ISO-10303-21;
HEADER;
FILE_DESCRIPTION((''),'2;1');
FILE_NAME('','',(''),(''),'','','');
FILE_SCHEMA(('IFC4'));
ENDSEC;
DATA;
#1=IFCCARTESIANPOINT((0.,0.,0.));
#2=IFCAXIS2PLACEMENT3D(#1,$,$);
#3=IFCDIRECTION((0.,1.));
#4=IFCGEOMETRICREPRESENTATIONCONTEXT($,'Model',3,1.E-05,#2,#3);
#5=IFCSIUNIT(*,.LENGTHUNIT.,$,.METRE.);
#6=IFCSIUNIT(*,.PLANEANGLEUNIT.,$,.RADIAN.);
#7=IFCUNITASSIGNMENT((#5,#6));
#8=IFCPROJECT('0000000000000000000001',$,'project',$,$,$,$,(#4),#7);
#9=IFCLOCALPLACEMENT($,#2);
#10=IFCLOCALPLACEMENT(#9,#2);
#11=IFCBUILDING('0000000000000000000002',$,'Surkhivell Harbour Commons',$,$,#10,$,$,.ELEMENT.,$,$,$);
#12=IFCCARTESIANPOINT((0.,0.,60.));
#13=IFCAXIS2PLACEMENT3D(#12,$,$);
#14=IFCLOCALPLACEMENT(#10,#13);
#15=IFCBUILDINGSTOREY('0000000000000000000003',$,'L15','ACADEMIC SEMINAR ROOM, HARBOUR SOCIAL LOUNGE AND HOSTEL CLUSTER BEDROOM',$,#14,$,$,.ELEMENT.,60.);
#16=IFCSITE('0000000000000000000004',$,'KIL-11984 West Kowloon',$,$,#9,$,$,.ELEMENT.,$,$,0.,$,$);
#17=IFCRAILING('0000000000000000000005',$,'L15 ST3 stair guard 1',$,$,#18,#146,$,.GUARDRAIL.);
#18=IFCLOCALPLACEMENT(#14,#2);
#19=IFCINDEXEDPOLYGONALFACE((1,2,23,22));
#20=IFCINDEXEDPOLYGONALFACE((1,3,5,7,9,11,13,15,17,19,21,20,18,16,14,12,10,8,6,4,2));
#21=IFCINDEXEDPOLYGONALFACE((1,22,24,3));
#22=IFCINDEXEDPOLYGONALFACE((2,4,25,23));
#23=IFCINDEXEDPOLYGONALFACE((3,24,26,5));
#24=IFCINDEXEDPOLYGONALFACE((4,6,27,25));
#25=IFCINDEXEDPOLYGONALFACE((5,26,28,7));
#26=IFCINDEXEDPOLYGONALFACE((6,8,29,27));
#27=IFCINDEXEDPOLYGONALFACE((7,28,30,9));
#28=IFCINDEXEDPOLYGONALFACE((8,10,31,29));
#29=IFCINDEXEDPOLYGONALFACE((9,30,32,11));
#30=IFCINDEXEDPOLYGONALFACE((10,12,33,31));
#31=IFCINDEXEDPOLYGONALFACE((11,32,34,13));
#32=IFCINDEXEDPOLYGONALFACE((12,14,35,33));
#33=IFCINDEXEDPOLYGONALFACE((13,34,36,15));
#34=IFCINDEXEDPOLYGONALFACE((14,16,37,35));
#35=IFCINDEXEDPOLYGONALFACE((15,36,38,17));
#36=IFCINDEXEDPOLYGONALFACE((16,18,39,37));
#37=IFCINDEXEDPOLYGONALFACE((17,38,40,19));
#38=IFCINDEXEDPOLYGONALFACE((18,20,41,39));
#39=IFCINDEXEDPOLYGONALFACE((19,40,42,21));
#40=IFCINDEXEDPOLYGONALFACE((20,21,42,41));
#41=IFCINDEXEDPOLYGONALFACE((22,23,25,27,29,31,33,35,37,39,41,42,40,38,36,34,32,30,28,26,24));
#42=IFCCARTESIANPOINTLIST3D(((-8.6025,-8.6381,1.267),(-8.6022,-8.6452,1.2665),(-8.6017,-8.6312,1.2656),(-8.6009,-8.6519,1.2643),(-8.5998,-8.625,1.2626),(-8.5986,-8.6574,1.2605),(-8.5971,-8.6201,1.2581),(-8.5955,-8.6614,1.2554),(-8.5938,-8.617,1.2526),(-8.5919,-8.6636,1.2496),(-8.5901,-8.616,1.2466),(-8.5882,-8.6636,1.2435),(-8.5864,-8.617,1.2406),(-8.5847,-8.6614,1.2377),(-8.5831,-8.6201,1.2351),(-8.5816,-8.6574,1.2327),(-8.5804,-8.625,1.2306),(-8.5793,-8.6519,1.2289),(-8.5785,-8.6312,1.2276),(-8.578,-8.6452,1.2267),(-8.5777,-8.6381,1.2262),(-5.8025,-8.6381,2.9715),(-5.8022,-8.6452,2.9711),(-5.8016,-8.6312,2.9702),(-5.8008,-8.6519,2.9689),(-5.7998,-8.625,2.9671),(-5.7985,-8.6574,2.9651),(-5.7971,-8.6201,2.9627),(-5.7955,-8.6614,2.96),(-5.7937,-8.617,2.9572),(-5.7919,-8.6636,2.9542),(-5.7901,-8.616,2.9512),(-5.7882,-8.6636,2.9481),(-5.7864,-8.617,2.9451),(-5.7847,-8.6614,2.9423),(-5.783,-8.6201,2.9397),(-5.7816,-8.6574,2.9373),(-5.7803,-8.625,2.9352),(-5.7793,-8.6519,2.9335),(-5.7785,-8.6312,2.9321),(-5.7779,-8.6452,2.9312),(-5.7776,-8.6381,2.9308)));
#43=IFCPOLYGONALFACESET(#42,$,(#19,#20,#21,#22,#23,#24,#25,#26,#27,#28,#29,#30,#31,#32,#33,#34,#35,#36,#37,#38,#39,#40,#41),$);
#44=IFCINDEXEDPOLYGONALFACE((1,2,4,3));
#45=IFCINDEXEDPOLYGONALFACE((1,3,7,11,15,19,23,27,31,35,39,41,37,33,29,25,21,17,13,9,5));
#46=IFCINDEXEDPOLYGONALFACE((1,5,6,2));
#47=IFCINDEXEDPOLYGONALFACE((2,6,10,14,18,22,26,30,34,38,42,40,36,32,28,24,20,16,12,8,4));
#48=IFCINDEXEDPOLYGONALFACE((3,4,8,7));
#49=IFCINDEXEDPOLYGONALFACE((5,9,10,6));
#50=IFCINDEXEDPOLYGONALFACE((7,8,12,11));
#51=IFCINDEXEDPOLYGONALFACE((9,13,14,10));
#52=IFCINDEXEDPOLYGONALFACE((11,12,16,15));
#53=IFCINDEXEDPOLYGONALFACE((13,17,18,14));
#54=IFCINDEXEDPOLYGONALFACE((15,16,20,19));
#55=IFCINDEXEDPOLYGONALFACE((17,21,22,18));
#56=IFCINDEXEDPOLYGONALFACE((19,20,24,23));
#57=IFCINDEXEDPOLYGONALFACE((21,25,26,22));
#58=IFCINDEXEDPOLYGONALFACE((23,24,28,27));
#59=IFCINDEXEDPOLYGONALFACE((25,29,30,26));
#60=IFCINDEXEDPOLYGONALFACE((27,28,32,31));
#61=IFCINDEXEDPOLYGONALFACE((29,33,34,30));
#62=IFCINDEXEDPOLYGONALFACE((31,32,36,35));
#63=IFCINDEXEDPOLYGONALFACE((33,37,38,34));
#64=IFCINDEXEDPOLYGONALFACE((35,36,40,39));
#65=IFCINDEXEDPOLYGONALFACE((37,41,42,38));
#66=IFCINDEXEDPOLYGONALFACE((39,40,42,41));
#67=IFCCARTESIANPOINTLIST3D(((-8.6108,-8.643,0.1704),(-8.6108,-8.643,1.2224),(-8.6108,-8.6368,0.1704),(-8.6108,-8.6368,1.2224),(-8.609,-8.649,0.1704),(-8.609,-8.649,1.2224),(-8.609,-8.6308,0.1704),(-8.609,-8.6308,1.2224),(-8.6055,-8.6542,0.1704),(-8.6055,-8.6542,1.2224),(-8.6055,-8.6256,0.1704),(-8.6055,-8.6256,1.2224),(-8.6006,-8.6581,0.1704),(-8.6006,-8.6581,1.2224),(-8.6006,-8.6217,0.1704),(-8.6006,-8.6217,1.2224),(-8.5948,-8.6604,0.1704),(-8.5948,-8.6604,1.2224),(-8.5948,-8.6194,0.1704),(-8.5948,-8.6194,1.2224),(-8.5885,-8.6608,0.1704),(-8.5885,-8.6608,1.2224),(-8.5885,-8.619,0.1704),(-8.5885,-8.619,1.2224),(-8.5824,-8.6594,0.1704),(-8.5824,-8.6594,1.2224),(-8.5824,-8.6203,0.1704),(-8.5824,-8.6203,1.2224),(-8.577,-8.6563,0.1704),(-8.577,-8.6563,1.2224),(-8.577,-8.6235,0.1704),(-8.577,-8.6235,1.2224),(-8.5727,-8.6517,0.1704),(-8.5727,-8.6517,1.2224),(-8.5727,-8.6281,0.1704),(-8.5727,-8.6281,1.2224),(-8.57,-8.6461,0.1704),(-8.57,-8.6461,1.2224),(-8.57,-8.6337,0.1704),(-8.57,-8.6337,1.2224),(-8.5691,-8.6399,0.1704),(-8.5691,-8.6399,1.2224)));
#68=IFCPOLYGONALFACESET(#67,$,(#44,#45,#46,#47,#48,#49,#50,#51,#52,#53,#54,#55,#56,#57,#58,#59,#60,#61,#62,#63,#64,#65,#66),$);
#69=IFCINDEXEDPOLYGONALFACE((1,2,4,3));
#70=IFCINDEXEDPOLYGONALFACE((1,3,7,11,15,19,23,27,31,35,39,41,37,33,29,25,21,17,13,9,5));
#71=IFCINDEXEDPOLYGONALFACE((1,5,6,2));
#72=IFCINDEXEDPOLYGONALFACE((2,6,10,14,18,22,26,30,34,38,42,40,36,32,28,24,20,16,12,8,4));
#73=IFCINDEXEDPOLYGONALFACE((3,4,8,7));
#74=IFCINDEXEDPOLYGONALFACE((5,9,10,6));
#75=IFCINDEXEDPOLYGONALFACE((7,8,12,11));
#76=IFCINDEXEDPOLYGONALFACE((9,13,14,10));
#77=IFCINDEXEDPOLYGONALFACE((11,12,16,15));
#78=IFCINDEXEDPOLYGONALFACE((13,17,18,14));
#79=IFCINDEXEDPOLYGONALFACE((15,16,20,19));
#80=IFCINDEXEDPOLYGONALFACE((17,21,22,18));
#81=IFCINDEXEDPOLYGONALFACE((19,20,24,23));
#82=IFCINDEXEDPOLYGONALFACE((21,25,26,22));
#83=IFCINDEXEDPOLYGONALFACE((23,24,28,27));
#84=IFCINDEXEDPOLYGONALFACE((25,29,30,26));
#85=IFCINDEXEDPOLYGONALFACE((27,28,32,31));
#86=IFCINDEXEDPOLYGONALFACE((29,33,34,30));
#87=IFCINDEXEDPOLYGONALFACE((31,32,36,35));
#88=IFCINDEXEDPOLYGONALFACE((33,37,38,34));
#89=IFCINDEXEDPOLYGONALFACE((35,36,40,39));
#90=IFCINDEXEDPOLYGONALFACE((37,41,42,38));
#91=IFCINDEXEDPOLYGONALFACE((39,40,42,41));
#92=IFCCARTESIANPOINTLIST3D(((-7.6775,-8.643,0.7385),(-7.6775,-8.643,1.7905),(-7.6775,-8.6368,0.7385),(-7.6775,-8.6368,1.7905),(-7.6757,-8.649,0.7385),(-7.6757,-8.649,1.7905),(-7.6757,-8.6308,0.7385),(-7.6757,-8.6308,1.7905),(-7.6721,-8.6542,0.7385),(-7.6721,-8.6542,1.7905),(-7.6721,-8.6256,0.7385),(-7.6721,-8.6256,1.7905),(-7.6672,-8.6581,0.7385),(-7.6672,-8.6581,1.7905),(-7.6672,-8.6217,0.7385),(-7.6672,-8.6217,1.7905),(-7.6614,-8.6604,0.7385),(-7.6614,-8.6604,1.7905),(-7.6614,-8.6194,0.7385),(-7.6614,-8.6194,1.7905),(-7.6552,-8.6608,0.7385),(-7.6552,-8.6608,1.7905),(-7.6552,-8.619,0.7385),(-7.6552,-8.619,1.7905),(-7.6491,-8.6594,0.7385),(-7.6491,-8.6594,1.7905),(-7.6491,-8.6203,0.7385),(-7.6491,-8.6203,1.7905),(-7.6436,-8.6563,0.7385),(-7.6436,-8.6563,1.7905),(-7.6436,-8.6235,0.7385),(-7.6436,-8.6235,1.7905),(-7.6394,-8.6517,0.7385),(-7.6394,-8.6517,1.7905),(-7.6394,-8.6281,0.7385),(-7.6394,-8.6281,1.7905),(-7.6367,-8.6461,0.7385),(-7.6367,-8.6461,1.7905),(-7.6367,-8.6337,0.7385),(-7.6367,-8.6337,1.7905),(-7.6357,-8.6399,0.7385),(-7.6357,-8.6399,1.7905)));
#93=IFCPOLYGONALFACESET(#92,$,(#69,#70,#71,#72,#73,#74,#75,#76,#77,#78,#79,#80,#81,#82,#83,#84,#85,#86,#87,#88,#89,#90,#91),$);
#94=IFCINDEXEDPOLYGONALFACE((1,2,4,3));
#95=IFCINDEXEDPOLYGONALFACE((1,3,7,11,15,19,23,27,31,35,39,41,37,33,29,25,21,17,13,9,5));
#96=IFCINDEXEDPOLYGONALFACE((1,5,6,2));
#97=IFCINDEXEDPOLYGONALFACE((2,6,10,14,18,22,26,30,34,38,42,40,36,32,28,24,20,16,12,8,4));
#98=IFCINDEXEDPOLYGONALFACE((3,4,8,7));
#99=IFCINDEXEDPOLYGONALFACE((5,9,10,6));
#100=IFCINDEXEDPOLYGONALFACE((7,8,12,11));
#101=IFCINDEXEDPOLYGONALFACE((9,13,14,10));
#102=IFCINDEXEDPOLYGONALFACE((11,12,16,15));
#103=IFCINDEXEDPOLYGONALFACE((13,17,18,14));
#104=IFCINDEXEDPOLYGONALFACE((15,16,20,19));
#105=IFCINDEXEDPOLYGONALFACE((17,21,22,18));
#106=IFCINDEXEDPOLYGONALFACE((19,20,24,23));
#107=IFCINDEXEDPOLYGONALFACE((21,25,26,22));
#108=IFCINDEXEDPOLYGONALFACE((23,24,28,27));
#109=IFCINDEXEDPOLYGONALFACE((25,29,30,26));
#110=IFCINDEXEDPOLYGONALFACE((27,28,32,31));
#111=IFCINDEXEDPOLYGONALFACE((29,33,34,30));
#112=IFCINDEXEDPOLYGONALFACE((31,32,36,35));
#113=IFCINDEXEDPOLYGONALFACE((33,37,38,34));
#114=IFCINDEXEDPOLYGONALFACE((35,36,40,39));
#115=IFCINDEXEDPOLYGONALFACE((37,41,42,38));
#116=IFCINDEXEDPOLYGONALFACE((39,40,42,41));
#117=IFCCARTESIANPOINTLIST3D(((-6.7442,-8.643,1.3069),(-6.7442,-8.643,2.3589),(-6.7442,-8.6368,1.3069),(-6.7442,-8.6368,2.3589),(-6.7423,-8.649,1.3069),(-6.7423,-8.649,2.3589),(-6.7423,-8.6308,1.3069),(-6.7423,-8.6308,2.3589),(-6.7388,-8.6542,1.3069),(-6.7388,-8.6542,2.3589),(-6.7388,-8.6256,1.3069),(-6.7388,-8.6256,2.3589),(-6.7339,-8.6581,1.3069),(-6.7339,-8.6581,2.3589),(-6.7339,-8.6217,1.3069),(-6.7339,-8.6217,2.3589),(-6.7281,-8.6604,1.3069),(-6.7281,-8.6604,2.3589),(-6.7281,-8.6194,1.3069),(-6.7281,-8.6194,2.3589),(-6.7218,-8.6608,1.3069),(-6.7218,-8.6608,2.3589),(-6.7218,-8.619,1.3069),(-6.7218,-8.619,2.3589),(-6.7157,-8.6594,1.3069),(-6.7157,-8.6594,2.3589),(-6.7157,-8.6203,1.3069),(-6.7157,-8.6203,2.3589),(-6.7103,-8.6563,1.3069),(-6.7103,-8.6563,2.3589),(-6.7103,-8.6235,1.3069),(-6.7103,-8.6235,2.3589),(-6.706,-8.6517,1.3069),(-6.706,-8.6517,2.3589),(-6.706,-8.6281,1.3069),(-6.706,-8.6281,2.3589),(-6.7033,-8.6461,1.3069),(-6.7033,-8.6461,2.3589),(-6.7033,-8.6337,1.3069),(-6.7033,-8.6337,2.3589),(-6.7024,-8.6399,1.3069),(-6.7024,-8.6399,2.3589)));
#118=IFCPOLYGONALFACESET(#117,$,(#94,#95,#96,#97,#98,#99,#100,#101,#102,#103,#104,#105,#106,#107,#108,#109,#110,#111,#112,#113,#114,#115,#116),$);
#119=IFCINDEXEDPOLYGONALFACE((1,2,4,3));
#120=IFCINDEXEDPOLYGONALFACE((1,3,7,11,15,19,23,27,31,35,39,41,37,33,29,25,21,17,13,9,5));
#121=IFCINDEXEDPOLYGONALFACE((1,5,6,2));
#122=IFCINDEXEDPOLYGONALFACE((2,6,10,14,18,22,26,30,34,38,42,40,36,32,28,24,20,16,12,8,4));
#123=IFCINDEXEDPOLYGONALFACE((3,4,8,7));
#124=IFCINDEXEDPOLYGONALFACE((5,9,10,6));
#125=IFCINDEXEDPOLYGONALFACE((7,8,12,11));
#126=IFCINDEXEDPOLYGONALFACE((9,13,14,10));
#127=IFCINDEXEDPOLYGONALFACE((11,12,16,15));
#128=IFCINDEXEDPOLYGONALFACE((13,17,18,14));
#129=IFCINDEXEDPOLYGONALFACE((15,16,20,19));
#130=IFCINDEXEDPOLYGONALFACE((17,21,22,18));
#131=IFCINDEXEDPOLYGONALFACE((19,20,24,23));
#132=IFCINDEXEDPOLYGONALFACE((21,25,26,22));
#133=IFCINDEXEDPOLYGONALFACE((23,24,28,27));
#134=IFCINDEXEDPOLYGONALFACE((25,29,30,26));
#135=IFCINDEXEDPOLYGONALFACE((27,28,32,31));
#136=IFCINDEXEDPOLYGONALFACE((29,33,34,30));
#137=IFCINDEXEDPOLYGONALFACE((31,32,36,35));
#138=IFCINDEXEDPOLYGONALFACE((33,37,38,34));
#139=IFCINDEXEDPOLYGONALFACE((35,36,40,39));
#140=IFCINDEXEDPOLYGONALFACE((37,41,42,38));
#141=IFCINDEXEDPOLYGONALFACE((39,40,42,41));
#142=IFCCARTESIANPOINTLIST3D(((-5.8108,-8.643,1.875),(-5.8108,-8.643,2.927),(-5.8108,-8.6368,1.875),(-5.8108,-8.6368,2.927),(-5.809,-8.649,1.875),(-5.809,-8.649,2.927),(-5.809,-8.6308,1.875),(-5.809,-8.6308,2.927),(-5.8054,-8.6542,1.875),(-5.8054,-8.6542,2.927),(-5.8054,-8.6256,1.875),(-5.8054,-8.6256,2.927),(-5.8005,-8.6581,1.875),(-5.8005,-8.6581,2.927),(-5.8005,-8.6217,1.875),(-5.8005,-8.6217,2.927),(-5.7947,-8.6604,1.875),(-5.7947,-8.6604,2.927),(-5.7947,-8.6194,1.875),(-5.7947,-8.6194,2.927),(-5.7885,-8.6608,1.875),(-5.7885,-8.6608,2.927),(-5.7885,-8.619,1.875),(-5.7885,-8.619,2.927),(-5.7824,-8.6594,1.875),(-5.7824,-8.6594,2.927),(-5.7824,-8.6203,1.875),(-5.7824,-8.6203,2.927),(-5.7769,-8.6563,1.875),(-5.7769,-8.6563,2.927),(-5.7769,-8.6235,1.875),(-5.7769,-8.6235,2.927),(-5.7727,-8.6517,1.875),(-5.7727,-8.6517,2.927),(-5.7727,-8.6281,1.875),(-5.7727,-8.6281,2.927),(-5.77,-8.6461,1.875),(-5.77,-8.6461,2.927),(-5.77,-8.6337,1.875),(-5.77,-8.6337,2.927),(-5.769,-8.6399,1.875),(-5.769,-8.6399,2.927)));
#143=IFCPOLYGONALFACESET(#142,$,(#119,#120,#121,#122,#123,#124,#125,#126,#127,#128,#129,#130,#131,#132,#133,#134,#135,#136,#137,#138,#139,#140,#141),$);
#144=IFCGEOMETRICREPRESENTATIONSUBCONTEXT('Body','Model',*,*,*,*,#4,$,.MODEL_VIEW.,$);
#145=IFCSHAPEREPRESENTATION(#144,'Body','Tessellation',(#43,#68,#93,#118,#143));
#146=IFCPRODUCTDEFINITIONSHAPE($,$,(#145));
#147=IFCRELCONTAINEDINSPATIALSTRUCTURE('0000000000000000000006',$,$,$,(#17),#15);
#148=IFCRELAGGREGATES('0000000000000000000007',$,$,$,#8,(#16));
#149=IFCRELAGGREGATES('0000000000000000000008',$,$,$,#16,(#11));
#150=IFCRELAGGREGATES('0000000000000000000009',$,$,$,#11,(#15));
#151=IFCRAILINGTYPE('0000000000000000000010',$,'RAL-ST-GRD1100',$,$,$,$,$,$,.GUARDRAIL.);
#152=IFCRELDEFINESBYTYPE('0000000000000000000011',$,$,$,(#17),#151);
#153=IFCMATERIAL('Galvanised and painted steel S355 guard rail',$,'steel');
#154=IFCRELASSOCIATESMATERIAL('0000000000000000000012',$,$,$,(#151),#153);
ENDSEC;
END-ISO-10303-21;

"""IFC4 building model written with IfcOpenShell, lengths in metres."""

from ifc_helpers import new_model, si_unit, direction, frame, origin, origin_2d, place, context, subcontext, project, spatial, circle, extrude, material, type_object, element, save


model = new_model("IFC4")

# Units and contexts
model_context = context("Model", 3, precision=1e-05, world=origin(), true_north=direction((0.0, 1.0)))
body_context = subcontext(model_context, "Body", "Model", "MODEL_VIEW")
ifc_project = project(units=[si_unit("LENGTHUNIT", "METRE"), si_unit("PLANEANGLEUNIT", "RADIAN")], contexts=[model_context])

# Site, building, storey
site_placement = place(None, origin())
site = spatial("IfcSite", under=ifc_project, at=site_placement, Name="KIL-11984 West Kowloon", CompositionType="ELEMENT", RefElevation=0.0)
building_placement = place(site_placement, origin())
building = spatial("IfcBuilding", under=site, at=building_placement, Name="Surkhivell Harbour Commons", CompositionType="ELEMENT")
storey_placement = place(building_placement, frame((0.0, 0.0, 60.0)))
storey = spatial("IfcBuildingStorey", under=building, at=storey_placement, Name="L15", Description="ACADEMIC SEMINAR ROOM, HARBOUR SOCIAL LOUNGE AND HOSTEL CLUSTER BEDROOM", CompositionType="ELEMENT", Elevation=60.0)

# Railing
ifc_material_1 = material(Name="Galvanised and painted steel S355 guard rail", Category="steel")
railing_type_1 = type_object("IfcRailingType", Name="RAL-ST-GRD1100", PredefinedType="GUARDRAIL", material=ifc_material_1)
railing_1_placement = place(storey_placement, frame((-8.5901, -8.6399, 0.1704)))
element("IfcRailing", 1, at=railing_1_placement, inside=storey, type_object=railing_type_1, Name="L15 ST3 stair guard 1", PredefinedType="GUARDRAIL", context=body_context, shape_type="SweptSolid", body=[
    extrude(circle(Radius=0.0239, at=origin_2d()), frame((0.0, 0.0, 1.0762), z_axis=(0.85417, 0.0, 0.519994), x_axis=(0.0, 1.0, 0.0)), (0.0, 0.0, 1.0), 3.2781),
    extrude(circle(Radius=0.021, at=origin_2d()), origin(), (0.0, 0.0, 1.0), 1.052),
    extrude(circle(Radius=0.021, at=origin_2d()), frame((0.9333, 0.0, 0.5681)), (0.0, 0.0, 1.0), 1.052),
    extrude(circle(Radius=0.021, at=origin_2d()), frame((1.8667, 0.0, 1.1365)), (0.0, 0.0, 1.0), 1.052),
    extrude(circle(Radius=0.021, at=origin_2d()), frame((2.8, 0.0, 1.7046)), (0.0, 0.0, 1.0), 1.052),
])

save(model, "model.ifc")
